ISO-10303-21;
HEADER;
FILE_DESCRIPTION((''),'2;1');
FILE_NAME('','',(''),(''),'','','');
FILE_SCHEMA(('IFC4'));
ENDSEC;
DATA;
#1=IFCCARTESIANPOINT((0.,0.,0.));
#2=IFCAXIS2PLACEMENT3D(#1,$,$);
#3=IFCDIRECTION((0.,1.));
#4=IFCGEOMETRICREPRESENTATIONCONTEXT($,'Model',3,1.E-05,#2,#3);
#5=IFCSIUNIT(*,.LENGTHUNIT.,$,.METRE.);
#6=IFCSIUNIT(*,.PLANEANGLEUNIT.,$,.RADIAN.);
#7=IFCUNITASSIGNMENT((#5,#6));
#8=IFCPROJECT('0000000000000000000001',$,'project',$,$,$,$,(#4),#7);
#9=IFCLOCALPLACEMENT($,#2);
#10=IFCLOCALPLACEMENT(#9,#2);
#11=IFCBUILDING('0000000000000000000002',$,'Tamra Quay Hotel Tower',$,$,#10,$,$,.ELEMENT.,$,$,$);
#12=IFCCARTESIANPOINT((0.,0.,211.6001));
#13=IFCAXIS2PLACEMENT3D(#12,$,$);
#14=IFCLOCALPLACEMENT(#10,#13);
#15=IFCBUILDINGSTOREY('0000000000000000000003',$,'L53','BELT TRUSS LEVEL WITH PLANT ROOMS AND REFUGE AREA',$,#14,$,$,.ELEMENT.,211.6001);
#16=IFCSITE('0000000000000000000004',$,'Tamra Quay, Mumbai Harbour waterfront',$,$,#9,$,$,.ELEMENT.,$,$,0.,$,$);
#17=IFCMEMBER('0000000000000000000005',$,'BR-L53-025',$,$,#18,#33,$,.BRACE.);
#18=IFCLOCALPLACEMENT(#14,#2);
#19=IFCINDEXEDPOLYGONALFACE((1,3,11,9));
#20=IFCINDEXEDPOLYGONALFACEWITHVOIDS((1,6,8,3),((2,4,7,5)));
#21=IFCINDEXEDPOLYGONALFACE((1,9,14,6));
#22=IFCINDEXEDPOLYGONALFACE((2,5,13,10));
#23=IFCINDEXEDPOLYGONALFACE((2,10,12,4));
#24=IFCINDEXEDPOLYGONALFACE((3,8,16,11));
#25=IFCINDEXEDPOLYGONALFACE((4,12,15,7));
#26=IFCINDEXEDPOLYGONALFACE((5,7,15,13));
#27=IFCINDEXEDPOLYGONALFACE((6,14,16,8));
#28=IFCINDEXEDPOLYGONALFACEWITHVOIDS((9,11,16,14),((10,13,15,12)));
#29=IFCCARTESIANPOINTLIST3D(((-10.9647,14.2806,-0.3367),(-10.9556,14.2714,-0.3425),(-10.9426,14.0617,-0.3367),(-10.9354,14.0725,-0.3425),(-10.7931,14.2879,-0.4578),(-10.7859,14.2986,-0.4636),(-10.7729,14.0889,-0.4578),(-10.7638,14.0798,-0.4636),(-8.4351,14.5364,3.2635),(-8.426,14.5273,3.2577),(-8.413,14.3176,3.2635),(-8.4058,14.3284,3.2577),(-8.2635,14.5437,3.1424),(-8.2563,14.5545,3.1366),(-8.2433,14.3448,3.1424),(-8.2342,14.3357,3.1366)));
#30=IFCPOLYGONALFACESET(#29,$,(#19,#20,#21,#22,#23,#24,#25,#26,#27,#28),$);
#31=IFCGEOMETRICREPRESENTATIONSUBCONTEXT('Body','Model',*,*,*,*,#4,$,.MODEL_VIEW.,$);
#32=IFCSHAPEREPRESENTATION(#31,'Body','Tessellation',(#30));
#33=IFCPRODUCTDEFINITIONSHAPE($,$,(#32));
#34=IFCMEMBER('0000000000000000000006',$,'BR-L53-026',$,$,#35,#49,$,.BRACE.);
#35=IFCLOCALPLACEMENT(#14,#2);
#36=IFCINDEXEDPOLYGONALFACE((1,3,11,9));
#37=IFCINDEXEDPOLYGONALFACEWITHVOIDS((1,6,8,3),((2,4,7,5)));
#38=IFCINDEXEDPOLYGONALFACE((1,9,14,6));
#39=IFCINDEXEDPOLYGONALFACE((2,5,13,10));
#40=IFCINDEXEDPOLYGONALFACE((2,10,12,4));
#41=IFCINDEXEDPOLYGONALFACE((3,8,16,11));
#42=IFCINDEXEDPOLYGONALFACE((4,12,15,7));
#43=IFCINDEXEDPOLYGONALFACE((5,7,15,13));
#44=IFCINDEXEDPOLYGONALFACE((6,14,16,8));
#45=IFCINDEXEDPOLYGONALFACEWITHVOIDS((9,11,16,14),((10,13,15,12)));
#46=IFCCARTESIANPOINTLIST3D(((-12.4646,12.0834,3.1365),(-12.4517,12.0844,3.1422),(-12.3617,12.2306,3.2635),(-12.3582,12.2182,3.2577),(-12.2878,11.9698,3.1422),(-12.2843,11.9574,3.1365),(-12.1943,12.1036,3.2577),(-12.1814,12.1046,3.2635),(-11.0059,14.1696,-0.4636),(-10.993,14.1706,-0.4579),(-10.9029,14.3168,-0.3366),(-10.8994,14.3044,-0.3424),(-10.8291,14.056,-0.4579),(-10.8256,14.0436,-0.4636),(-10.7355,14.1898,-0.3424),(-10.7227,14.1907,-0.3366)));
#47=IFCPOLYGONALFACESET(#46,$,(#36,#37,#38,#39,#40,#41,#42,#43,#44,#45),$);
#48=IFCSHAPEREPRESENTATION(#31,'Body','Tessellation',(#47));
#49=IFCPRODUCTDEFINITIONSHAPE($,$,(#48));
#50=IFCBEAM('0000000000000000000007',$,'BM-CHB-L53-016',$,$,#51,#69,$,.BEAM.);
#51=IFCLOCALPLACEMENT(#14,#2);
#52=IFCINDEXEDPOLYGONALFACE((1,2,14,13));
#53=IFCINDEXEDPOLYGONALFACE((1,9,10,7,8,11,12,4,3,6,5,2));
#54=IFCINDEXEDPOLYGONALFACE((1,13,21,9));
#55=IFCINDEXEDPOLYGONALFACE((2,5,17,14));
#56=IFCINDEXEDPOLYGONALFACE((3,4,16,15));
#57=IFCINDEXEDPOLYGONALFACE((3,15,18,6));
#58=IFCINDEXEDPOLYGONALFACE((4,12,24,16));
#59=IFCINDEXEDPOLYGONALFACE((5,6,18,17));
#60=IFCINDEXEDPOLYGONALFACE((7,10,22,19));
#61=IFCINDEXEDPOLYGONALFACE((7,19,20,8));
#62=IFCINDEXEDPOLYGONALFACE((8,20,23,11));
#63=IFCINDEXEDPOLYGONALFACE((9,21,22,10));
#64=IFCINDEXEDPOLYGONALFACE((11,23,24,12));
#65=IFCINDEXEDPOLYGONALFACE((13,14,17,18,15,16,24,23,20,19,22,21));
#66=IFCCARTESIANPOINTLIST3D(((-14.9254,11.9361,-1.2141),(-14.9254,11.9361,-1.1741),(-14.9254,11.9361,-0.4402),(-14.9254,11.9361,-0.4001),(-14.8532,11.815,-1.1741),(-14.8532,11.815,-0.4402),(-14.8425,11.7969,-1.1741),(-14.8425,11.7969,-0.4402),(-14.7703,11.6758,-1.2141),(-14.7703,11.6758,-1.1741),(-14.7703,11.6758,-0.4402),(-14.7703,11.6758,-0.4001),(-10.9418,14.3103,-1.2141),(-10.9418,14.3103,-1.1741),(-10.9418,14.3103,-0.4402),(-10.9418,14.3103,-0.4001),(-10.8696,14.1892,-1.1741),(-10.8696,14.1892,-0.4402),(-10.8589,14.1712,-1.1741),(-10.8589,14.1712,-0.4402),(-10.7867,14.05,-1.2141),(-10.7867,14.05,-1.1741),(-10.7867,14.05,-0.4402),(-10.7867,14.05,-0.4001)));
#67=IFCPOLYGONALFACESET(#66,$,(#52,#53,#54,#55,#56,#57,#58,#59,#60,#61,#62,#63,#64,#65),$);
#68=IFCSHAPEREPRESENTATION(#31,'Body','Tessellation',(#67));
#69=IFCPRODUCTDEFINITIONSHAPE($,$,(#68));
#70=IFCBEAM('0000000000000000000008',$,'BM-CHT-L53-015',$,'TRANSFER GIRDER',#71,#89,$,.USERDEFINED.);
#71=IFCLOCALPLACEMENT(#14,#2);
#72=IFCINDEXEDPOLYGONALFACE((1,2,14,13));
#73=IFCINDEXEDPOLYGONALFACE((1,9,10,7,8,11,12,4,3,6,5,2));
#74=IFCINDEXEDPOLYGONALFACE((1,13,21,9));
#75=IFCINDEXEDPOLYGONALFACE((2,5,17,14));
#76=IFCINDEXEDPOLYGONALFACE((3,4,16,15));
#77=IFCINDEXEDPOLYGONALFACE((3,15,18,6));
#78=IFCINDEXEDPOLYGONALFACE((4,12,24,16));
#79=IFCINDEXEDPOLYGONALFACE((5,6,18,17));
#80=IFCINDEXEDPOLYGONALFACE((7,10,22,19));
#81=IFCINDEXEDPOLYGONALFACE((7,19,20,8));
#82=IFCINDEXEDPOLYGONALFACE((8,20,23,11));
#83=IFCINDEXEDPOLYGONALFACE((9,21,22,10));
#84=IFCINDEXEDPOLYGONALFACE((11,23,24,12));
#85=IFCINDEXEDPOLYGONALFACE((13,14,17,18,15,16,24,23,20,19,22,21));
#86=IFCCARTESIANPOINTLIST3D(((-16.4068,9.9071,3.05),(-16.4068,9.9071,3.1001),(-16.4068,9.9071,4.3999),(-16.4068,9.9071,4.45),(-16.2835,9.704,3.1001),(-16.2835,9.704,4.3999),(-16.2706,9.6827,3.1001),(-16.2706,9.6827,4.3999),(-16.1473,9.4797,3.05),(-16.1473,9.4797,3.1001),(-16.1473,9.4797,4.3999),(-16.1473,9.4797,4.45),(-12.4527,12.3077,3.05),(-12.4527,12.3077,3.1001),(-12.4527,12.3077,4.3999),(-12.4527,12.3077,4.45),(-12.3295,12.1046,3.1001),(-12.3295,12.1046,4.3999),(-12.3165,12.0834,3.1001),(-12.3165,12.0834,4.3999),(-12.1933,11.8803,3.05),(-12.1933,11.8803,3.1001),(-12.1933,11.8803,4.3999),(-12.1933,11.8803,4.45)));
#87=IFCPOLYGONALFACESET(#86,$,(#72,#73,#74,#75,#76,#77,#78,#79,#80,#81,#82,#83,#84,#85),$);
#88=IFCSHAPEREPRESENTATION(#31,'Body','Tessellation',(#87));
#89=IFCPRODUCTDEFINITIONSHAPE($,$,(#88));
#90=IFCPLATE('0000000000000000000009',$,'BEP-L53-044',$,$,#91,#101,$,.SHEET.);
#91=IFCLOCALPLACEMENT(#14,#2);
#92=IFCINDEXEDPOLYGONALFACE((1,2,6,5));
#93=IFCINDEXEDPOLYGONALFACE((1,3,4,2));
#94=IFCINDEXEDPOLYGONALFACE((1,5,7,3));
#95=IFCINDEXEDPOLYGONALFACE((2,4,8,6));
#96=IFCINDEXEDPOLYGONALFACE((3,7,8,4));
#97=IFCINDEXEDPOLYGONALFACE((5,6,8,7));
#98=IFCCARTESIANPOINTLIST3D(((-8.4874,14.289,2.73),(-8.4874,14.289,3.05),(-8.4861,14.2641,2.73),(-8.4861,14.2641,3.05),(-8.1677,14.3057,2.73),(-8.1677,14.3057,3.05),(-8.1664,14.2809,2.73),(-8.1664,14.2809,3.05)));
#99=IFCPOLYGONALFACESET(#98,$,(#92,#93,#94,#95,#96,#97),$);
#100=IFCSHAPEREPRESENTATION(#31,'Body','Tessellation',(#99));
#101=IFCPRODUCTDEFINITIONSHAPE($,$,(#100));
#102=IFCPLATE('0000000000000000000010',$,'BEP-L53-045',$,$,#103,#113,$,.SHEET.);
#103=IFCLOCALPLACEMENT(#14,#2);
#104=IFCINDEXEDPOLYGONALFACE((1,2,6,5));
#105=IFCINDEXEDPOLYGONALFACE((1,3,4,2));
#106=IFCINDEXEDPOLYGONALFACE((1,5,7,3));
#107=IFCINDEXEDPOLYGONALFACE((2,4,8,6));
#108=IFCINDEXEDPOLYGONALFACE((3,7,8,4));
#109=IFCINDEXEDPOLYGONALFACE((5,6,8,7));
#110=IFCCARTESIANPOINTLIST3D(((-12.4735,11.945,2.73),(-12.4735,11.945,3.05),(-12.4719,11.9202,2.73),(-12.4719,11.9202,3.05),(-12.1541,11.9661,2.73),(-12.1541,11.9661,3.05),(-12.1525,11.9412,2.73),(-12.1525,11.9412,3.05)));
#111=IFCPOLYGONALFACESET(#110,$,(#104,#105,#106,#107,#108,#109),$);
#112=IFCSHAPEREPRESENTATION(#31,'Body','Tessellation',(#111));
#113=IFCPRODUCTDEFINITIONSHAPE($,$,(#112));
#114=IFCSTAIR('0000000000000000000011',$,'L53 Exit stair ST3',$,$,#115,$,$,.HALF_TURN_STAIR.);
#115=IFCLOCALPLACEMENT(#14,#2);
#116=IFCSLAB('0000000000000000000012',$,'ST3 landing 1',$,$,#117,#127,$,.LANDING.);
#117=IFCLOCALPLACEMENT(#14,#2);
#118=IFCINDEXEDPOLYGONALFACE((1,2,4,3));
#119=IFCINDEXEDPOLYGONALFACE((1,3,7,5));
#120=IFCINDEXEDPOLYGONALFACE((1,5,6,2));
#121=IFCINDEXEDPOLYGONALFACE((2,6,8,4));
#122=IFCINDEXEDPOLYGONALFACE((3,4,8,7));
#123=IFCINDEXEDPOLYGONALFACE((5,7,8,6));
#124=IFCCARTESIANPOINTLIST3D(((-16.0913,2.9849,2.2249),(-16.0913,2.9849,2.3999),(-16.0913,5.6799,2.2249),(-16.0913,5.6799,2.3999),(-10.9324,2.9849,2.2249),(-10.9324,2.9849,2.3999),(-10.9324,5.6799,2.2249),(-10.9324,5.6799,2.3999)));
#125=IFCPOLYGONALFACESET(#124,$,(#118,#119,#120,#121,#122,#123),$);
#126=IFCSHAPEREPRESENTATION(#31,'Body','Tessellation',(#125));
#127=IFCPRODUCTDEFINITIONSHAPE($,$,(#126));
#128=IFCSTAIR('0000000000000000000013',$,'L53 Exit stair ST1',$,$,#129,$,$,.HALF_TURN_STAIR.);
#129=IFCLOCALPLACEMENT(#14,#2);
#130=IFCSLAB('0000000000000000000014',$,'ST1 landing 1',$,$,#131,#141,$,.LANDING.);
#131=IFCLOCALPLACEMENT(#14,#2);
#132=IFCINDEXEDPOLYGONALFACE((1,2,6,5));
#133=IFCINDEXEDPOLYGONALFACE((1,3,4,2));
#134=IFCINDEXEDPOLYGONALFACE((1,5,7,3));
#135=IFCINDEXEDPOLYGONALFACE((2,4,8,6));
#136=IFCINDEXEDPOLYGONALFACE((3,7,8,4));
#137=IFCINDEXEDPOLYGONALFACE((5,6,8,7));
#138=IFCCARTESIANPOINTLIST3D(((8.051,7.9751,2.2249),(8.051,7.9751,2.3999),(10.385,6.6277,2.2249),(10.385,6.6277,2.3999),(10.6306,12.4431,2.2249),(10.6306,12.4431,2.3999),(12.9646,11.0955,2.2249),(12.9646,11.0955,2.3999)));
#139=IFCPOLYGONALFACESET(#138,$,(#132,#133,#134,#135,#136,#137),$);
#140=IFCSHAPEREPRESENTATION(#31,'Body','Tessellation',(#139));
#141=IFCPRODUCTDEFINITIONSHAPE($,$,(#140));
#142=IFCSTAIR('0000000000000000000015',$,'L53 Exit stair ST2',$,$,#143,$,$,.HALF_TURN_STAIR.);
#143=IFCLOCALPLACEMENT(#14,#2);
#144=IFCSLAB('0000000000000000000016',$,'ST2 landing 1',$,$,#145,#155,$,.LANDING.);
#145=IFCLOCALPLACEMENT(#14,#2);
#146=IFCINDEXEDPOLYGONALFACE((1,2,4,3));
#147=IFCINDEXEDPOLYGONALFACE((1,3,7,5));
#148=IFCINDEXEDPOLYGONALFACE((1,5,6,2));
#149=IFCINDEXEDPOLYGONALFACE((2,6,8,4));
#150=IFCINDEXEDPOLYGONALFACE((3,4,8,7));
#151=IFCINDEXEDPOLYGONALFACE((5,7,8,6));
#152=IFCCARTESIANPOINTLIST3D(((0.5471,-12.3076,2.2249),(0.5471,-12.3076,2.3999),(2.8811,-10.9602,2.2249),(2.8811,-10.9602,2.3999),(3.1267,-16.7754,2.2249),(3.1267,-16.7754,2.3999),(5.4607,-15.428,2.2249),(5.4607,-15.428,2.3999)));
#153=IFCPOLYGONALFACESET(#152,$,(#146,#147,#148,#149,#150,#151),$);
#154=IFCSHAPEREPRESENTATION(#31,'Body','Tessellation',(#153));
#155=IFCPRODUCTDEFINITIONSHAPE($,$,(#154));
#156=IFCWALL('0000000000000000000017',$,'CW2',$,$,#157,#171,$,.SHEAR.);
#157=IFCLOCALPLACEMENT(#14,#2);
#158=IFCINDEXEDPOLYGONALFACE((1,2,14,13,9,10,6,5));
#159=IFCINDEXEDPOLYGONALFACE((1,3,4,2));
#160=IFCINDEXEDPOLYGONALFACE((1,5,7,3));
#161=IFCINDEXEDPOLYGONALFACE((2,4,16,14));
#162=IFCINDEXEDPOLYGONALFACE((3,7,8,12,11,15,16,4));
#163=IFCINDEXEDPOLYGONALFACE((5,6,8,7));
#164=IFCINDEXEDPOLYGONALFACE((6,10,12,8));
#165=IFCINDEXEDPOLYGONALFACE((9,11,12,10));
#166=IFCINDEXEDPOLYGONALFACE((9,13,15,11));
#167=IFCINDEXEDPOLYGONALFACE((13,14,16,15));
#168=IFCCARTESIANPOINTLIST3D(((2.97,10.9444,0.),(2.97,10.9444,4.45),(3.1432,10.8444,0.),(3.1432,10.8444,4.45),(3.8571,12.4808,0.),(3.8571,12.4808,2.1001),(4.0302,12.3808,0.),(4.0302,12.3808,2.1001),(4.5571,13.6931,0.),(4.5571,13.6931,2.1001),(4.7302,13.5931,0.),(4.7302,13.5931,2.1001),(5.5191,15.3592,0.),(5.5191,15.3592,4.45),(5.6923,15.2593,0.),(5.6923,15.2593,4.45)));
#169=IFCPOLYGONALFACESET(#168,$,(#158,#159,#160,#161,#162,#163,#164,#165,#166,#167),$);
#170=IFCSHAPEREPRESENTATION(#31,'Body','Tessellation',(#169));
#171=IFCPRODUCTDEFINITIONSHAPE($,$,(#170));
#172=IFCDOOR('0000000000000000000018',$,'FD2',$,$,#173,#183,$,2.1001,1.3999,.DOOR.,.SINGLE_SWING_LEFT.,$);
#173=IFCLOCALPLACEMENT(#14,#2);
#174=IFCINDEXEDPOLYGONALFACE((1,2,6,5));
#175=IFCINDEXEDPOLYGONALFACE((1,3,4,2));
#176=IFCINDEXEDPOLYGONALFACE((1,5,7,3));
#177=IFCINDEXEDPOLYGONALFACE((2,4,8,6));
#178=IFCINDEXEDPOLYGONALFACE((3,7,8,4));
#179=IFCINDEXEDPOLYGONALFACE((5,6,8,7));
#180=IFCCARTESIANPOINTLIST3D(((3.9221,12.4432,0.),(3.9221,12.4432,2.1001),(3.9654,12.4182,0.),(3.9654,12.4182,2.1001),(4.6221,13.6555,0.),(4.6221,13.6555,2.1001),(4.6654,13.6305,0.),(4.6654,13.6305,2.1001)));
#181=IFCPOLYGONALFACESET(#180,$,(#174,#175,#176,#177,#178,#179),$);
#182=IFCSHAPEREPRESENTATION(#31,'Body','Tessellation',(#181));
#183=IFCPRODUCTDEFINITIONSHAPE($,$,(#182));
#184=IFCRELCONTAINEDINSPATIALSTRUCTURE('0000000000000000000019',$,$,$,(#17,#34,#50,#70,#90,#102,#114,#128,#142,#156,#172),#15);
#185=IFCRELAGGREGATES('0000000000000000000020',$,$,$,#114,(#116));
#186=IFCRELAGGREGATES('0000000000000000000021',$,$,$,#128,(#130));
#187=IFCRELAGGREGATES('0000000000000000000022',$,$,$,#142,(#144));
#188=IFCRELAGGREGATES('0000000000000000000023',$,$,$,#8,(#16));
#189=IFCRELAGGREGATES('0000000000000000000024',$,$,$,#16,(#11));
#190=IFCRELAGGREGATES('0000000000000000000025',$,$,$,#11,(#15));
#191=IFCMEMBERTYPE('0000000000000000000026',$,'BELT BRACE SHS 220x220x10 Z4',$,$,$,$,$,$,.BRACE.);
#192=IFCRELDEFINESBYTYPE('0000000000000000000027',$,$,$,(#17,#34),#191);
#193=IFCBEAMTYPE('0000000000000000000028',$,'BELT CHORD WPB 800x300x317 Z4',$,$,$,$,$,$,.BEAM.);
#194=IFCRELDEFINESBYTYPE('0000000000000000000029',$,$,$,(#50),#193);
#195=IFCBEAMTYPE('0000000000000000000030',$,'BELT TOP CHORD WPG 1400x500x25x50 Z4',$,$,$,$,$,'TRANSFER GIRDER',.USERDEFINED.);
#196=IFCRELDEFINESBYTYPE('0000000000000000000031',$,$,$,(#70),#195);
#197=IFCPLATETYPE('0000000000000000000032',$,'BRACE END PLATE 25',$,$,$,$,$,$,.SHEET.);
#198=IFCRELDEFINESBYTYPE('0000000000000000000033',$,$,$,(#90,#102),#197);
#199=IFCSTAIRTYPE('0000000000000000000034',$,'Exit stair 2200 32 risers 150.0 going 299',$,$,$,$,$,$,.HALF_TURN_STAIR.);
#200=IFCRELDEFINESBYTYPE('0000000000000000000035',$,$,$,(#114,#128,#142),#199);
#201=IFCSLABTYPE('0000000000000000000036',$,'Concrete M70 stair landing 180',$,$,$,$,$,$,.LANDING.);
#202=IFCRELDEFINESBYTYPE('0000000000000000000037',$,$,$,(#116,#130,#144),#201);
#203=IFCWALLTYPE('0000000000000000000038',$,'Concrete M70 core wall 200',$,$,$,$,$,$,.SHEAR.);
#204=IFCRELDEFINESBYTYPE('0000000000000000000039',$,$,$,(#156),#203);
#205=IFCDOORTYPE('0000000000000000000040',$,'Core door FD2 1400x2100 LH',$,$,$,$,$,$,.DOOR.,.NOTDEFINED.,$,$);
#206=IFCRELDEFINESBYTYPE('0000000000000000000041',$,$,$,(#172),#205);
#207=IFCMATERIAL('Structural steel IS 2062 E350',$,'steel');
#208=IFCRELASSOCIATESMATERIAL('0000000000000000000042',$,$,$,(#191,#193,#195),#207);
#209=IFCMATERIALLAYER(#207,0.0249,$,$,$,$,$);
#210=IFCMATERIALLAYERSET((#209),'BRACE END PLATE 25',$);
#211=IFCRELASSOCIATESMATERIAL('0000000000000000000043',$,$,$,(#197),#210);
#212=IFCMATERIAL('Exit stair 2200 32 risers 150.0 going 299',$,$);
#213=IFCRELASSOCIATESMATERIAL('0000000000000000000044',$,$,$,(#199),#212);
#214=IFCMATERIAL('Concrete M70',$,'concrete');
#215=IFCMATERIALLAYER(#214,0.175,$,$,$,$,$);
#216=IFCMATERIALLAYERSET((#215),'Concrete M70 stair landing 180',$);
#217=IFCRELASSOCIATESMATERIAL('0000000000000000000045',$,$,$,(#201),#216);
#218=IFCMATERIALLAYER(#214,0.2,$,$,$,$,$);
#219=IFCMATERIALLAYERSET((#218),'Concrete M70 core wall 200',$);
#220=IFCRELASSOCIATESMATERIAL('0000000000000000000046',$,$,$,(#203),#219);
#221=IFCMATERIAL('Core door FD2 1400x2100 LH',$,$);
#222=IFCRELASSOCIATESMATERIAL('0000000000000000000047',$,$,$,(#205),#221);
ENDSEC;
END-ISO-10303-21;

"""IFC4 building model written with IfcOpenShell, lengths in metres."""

from ifc_helpers import new_model, si_unit, direction, frame, frame_2d, origin, origin_2d, place, context, subcontext, project, spatial, polyline, rectangle, hollow_rectangle, i_section, outline, extrude, material, layer, layer_set, material_profile, profile_set, type_object, element, fill, aggregate, save


model = new_model("IFC4")

# Units and contexts
model_context = context("Model", 3, precision=1e-05, world=origin(), true_north=direction((0.0, 1.0)))
body_context = subcontext(model_context, "Body", "Model", "MODEL_VIEW")
ifc_project = project(units=[si_unit("LENGTHUNIT", "METRE"), si_unit("PLANEANGLEUNIT", "RADIAN")], contexts=[model_context])

# Site, building, storey
site_placement = place(None, origin())
site = spatial("IfcSite", under=ifc_project, at=site_placement, Name="Tamra Quay, Mumbai Harbour waterfront", CompositionType="ELEMENT", RefElevation=0.0)
building_placement = place(site_placement, origin())
building = spatial("IfcBuilding", under=site, at=building_placement, Name="Tamra Quay Hotel Tower", CompositionType="ELEMENT")
storey_placement = place(building_placement, frame((0.0, 0.0, 211.6001)))
storey = spatial("IfcBuildingStorey", under=building, at=storey_placement, Name="L53", Description="BELT TRUSS LEVEL WITH PLANT ROOMS AND REFUGE AREA", CompositionType="ELEMENT", Elevation=211.6001)

# Members
ifc_material_1 = material(Name="Structural steel IS 2062 E350", Category="steel")
ifc_material_profile_1 = material_profile(ifc_material_1, hollow_rectangle(XDim=0.22, YDim=0.22, WallThickness=0.01, at=origin_2d()), Name="SHS 220x220x10")
ifc_profile_set_1 = profile_set([ifc_material_profile_1], Name="Structural steel IS 2062 E350")
member_type = type_object("IfcMemberType", Name="BELT BRACE SHS 220x220x10 Z4", PredefinedType="BRACE", material=ifc_profile_set_1)
member_1_placement = place(storey_placement, frame((-10.8643, 14.1802, -0.4001), z_axis=(0.573937, 0.058053, 0.816839), x_axis=(-0.100635, 0.994923, 0.0)))
element("IfcMember", 1, at=member_1_placement, inside=storey, type_object=member_type, Name="BR-L53-025", PredefinedType="BRACE", context=body_context, shape_type="SweptSolid", body=[
    extrude(hollow_rectangle(XDim=0.22, YDim=0.22, WallThickness=0.01, at=origin_2d()), origin(), (0.0, 0.0, 1.0), 4.4075),
])
member_2_placement = place(storey_placement, frame((-10.8643, 14.1802, -0.4001), z_axis=(-0.330842, -0.473146, 0.816502), x_axis=(0.819525, -0.573044, 0.0)))
element("IfcMember", 2, at=member_2_placement, inside=storey, type_object=member_type, Name="BR-L53-026", PredefinedType="BRACE", context=body_context, shape_type="SweptSolid", body=[
    extrude(hollow_rectangle(XDim=0.22, YDim=0.22, WallThickness=0.01, at=origin_2d()), origin(), (0.0, 0.0, 1.0), 4.4092),
])

# Beams
ifc_material_profile_2 = material_profile(ifc_material_1, i_section(OverallWidth=0.303, OverallDepth=0.814, WebThickness=0.021, FlangeThickness=0.04, at=origin_2d()), Name="WPB 800x300x317")
ifc_profile_set_2 = profile_set([ifc_material_profile_2], Name="Structural steel IS 2062 E350")
beam_type_1 = type_object("IfcBeamType", Name="BELT CHORD WPB 800x300x317 Z4", PredefinedType="BEAM", material=ifc_profile_set_2)
beam_1_placement = place(storey_placement, frame((-10.8643, 14.1802, -0.8071), z_axis=(-0.859004, -0.51197, 0.0), x_axis=(0.51197, -0.859004, 0.0)))
element("IfcBeam", 3, at=beam_1_placement, inside=storey, type_object=beam_type_1, Name="BM-CHB-L53-016", PredefinedType="BEAM", context=body_context, shape_type="SweptSolid", body=[
    extrude(i_section(OverallWidth=0.303, OverallDepth=0.814, WebThickness=0.021, FlangeThickness=0.04, at=origin_2d()), origin(), (0.0, 0.0, 1.0), 4.6375),
])
ifc_material_profile_3 = material_profile(ifc_material_1, i_section(OverallWidth=0.5, OverallDepth=1.3999, WebThickness=0.0249, FlangeThickness=0.05, at=origin_2d()), Name="WPG 1400x500x25x50")
ifc_profile_set_3 = profile_set([ifc_material_profile_3], Name="Structural steel IS 2062 E350")
beam_type_2 = type_object("IfcBeamType", Name="BELT TOP CHORD WPG 1400x500x25x50 Z4", ElementType="TRANSFER GIRDER", PredefinedType="USERDEFINED", material=ifc_profile_set_3)
beam_2_placement = place(storey_placement, frame((-12.323, 12.094, 3.75), z_axis=(-0.854794, -0.518967, 0.0), x_axis=(0.518967, -0.854794, 0.0)))
element("IfcBeam", 4, at=beam_2_placement, inside=storey, type_object=beam_type_2, Name="BM-CHT-L53-015", ObjectType="TRANSFER GIRDER", PredefinedType="USERDEFINED", context=body_context, shape_type="SweptSolid", body=[
    extrude(i_section(OverallWidth=0.5, OverallDepth=1.3999, WebThickness=0.0249, FlangeThickness=0.05, at=origin_2d()), origin(), (0.0, 0.0, 1.0), 4.6257),
])

# Plates
ifc_layer_1 = layer(ifc_material_1, 0.0249)
ifc_layer_set_1 = layer_set([ifc_layer_1], Name="BRACE END PLATE 25")
plate_type = type_object("IfcPlateType", Name="BRACE END PLATE 25", PredefinedType="SHEET", material=ifc_layer_set_1)
for number, where, z_axis, x_axis, name in (
    (5, (-8.3269, 14.2849, 2.73), (0.0, 0.0, 1.0), (-0.052348, 0.998629, 0.0), "BEP-L53-044"),
    (6, (-12.313, 11.9431, 2.73), (0.0, 0.0, 1.0), (-0.065821, 0.997831, 0.0), "BEP-L53-045"),
):
    element("IfcPlate", number, at=place(storey_placement, frame(where, z_axis=z_axis, x_axis=x_axis)), inside=storey, type_object=plate_type, Name=name, PredefinedType="SHEET", context=body_context, shape_type="SweptSolid", body=[
        extrude(rectangle(XDim=0.0249, YDim=0.3201, at=origin_2d()), origin(), (0.0, 0.0, 1.0), 0.3201),
    ])

# Stairs, slabs
ifc_material_2 = material(Name="Exit stair 2200 32 risers 150.0 going 299")
stair_type = type_object("IfcStairType", Name="Exit stair 2200 32 risers 150.0 going 299", PredefinedType="HALF_TURN_STAIR", material=ifc_material_2)
stair_1_placement = place(storey_placement, origin())
stair_1 = element("IfcStair", 7, at=stair_1_placement, inside=storey, type_object=stair_type, Name="L53 Exit stair ST3", PredefinedType="HALF_TURN_STAIR")
ifc_material_3 = material(Name="Concrete M70", Category="concrete")
ifc_layer_2 = layer(ifc_material_3, 0.175)
ifc_layer_set_2 = layer_set([ifc_layer_2], Name="Concrete M70 stair landing 180")
slab_type = type_object("IfcSlabType", Name="Concrete M70 stair landing 180", PredefinedType="LANDING", material=ifc_layer_set_2)
slab_1_placement = place(storey_placement, frame((0.0, 0.0, 2.2249)))
slab_1 = element("IfcSlab", 8, at=slab_1_placement, type_object=slab_type, Name="ST3 landing 1", PredefinedType="LANDING", context=body_context, shape_type="SweptSolid", body=[
    extrude(outline(polyline([(-10.9324, 2.9849), (-10.9324, 5.6799), (-16.0913, 5.6799), (-16.0913, 2.9849), (-10.9324, 2.9849)])), origin(), (0.0, 0.0, 1.0), 0.175),
])
aggregate(stair_1, [slab_1])
stair_2_placement = place(storey_placement, origin())
stair_2 = element("IfcStair", 9, at=stair_2_placement, inside=storey, type_object=stair_type, Name="L53 Exit stair ST1", PredefinedType="HALF_TURN_STAIR")
slab_2_placement = place(storey_placement, frame((0.0, 0.0, 2.2249)))
slab_2 = element("IfcSlab", 10, at=slab_2_placement, type_object=slab_type, Name="ST1 landing 1", PredefinedType="LANDING", context=body_context, shape_type="SweptSolid", body=[
    extrude(outline(polyline([(8.051, 7.9751), (10.385, 6.6277), (12.9646, 11.0955), (10.6306, 12.4431), (8.051, 7.9751)])), origin(), (0.0, 0.0, 1.0), 0.175),
])
aggregate(stair_2, [slab_2])
stair_3_placement = place(storey_placement, origin())
stair_3 = element("IfcStair", 11, at=stair_3_placement, inside=storey, type_object=stair_type, Name="L53 Exit stair ST2", PredefinedType="HALF_TURN_STAIR")
slab_3_placement = place(storey_placement, frame((0.0, 0.0, 2.2249)))
slab_3 = element("IfcSlab", 12, at=slab_3_placement, type_object=slab_type, Name="ST2 landing 1", PredefinedType="LANDING", context=body_context, shape_type="SweptSolid", body=[
    extrude(outline(polyline([(2.8811, -10.9602), (0.5471, -12.3076), (3.1267, -16.7754), (5.4607, -15.428), (2.8811, -10.9602)])), origin(), (0.0, 0.0, 1.0), 0.175),
])
aggregate(stair_3, [slab_3])

# Wall, opening, door
ifc_layer_3 = layer(ifc_material_3, 0.2)
ifc_layer_set_3 = layer_set([ifc_layer_3], Name="Concrete M70 core wall 200")
wall_type_1 = type_object("IfcWallType", Name="Concrete M70 core wall 200", PredefinedType="SHEAR", material=ifc_layer_set_3)
wall_1_placement = place(storey_placement, frame((3.0566, 10.8945, 0.0), z_axis=(0.0, 0.0, 1.0), x_axis=(0.500028, 0.866009, 0.0)))
wall_1 = element("IfcWall", 13, at=wall_1_placement, inside=storey, type_object=wall_type_1, Name="CW2", PredefinedType="SHEAR", context=body_context, shape_type="SweptSolid", body=[
    extrude(rectangle(XDim=5.0979, YDim=0.2, at=frame_2d((2.5488, 0.0))), origin(), (0.0, 0.0, 1.0), 4.45),
])
opening_1_placement = place(wall_1_placement, frame((1.7739, 0.0, 0.0)))
opening_1 = element("IfcOpeningElement", 14, at=opening_1_placement, cuts=wall_1, PredefinedType="OPENING", context=body_context, shape_type="SweptSolid", body=[
    extrude(rectangle(XDim=1.3999, YDim=2.1001, at=frame_2d((0.7, 1.05))), frame((0.0, 0.1099, 0.0), z_axis=(0.0, -1.0, 0.0), x_axis=(1.0, 0.0, 0.0)), (0.0, 0.0, 1.0), 0.22),
])
ifc_material_4 = material(Name="Core door FD2 1400x2100 LH")
door_type_1 = type_object("IfcDoorType", Name="Core door FD2 1400x2100 LH", OperationType="NOTDEFINED", PredefinedType="DOOR", material=ifc_material_4)
door_1_placement = place(opening_1_placement, origin())
door_1 = element("IfcDoor", 15, at=door_1_placement, inside=storey, type_object=door_type_1, Name="FD2", OperationType="SINGLE_SWING_LEFT", OverallHeight=2.1001, OverallWidth=1.3999, PredefinedType="DOOR", context=body_context, shape_type="SweptSolid", body=[
    extrude(rectangle(XDim=1.3999, YDim=2.1001, at=frame_2d((0.7, 1.05))), frame((0.0, 0.0249, 0.0), z_axis=(0.0, -1.0, 0.0), x_axis=(1.0, 0.0, 0.0)), (0.0, 0.0, 1.0), 0.05),
])
fill(opening_1, door_1)

save(model, "model.ifc")
